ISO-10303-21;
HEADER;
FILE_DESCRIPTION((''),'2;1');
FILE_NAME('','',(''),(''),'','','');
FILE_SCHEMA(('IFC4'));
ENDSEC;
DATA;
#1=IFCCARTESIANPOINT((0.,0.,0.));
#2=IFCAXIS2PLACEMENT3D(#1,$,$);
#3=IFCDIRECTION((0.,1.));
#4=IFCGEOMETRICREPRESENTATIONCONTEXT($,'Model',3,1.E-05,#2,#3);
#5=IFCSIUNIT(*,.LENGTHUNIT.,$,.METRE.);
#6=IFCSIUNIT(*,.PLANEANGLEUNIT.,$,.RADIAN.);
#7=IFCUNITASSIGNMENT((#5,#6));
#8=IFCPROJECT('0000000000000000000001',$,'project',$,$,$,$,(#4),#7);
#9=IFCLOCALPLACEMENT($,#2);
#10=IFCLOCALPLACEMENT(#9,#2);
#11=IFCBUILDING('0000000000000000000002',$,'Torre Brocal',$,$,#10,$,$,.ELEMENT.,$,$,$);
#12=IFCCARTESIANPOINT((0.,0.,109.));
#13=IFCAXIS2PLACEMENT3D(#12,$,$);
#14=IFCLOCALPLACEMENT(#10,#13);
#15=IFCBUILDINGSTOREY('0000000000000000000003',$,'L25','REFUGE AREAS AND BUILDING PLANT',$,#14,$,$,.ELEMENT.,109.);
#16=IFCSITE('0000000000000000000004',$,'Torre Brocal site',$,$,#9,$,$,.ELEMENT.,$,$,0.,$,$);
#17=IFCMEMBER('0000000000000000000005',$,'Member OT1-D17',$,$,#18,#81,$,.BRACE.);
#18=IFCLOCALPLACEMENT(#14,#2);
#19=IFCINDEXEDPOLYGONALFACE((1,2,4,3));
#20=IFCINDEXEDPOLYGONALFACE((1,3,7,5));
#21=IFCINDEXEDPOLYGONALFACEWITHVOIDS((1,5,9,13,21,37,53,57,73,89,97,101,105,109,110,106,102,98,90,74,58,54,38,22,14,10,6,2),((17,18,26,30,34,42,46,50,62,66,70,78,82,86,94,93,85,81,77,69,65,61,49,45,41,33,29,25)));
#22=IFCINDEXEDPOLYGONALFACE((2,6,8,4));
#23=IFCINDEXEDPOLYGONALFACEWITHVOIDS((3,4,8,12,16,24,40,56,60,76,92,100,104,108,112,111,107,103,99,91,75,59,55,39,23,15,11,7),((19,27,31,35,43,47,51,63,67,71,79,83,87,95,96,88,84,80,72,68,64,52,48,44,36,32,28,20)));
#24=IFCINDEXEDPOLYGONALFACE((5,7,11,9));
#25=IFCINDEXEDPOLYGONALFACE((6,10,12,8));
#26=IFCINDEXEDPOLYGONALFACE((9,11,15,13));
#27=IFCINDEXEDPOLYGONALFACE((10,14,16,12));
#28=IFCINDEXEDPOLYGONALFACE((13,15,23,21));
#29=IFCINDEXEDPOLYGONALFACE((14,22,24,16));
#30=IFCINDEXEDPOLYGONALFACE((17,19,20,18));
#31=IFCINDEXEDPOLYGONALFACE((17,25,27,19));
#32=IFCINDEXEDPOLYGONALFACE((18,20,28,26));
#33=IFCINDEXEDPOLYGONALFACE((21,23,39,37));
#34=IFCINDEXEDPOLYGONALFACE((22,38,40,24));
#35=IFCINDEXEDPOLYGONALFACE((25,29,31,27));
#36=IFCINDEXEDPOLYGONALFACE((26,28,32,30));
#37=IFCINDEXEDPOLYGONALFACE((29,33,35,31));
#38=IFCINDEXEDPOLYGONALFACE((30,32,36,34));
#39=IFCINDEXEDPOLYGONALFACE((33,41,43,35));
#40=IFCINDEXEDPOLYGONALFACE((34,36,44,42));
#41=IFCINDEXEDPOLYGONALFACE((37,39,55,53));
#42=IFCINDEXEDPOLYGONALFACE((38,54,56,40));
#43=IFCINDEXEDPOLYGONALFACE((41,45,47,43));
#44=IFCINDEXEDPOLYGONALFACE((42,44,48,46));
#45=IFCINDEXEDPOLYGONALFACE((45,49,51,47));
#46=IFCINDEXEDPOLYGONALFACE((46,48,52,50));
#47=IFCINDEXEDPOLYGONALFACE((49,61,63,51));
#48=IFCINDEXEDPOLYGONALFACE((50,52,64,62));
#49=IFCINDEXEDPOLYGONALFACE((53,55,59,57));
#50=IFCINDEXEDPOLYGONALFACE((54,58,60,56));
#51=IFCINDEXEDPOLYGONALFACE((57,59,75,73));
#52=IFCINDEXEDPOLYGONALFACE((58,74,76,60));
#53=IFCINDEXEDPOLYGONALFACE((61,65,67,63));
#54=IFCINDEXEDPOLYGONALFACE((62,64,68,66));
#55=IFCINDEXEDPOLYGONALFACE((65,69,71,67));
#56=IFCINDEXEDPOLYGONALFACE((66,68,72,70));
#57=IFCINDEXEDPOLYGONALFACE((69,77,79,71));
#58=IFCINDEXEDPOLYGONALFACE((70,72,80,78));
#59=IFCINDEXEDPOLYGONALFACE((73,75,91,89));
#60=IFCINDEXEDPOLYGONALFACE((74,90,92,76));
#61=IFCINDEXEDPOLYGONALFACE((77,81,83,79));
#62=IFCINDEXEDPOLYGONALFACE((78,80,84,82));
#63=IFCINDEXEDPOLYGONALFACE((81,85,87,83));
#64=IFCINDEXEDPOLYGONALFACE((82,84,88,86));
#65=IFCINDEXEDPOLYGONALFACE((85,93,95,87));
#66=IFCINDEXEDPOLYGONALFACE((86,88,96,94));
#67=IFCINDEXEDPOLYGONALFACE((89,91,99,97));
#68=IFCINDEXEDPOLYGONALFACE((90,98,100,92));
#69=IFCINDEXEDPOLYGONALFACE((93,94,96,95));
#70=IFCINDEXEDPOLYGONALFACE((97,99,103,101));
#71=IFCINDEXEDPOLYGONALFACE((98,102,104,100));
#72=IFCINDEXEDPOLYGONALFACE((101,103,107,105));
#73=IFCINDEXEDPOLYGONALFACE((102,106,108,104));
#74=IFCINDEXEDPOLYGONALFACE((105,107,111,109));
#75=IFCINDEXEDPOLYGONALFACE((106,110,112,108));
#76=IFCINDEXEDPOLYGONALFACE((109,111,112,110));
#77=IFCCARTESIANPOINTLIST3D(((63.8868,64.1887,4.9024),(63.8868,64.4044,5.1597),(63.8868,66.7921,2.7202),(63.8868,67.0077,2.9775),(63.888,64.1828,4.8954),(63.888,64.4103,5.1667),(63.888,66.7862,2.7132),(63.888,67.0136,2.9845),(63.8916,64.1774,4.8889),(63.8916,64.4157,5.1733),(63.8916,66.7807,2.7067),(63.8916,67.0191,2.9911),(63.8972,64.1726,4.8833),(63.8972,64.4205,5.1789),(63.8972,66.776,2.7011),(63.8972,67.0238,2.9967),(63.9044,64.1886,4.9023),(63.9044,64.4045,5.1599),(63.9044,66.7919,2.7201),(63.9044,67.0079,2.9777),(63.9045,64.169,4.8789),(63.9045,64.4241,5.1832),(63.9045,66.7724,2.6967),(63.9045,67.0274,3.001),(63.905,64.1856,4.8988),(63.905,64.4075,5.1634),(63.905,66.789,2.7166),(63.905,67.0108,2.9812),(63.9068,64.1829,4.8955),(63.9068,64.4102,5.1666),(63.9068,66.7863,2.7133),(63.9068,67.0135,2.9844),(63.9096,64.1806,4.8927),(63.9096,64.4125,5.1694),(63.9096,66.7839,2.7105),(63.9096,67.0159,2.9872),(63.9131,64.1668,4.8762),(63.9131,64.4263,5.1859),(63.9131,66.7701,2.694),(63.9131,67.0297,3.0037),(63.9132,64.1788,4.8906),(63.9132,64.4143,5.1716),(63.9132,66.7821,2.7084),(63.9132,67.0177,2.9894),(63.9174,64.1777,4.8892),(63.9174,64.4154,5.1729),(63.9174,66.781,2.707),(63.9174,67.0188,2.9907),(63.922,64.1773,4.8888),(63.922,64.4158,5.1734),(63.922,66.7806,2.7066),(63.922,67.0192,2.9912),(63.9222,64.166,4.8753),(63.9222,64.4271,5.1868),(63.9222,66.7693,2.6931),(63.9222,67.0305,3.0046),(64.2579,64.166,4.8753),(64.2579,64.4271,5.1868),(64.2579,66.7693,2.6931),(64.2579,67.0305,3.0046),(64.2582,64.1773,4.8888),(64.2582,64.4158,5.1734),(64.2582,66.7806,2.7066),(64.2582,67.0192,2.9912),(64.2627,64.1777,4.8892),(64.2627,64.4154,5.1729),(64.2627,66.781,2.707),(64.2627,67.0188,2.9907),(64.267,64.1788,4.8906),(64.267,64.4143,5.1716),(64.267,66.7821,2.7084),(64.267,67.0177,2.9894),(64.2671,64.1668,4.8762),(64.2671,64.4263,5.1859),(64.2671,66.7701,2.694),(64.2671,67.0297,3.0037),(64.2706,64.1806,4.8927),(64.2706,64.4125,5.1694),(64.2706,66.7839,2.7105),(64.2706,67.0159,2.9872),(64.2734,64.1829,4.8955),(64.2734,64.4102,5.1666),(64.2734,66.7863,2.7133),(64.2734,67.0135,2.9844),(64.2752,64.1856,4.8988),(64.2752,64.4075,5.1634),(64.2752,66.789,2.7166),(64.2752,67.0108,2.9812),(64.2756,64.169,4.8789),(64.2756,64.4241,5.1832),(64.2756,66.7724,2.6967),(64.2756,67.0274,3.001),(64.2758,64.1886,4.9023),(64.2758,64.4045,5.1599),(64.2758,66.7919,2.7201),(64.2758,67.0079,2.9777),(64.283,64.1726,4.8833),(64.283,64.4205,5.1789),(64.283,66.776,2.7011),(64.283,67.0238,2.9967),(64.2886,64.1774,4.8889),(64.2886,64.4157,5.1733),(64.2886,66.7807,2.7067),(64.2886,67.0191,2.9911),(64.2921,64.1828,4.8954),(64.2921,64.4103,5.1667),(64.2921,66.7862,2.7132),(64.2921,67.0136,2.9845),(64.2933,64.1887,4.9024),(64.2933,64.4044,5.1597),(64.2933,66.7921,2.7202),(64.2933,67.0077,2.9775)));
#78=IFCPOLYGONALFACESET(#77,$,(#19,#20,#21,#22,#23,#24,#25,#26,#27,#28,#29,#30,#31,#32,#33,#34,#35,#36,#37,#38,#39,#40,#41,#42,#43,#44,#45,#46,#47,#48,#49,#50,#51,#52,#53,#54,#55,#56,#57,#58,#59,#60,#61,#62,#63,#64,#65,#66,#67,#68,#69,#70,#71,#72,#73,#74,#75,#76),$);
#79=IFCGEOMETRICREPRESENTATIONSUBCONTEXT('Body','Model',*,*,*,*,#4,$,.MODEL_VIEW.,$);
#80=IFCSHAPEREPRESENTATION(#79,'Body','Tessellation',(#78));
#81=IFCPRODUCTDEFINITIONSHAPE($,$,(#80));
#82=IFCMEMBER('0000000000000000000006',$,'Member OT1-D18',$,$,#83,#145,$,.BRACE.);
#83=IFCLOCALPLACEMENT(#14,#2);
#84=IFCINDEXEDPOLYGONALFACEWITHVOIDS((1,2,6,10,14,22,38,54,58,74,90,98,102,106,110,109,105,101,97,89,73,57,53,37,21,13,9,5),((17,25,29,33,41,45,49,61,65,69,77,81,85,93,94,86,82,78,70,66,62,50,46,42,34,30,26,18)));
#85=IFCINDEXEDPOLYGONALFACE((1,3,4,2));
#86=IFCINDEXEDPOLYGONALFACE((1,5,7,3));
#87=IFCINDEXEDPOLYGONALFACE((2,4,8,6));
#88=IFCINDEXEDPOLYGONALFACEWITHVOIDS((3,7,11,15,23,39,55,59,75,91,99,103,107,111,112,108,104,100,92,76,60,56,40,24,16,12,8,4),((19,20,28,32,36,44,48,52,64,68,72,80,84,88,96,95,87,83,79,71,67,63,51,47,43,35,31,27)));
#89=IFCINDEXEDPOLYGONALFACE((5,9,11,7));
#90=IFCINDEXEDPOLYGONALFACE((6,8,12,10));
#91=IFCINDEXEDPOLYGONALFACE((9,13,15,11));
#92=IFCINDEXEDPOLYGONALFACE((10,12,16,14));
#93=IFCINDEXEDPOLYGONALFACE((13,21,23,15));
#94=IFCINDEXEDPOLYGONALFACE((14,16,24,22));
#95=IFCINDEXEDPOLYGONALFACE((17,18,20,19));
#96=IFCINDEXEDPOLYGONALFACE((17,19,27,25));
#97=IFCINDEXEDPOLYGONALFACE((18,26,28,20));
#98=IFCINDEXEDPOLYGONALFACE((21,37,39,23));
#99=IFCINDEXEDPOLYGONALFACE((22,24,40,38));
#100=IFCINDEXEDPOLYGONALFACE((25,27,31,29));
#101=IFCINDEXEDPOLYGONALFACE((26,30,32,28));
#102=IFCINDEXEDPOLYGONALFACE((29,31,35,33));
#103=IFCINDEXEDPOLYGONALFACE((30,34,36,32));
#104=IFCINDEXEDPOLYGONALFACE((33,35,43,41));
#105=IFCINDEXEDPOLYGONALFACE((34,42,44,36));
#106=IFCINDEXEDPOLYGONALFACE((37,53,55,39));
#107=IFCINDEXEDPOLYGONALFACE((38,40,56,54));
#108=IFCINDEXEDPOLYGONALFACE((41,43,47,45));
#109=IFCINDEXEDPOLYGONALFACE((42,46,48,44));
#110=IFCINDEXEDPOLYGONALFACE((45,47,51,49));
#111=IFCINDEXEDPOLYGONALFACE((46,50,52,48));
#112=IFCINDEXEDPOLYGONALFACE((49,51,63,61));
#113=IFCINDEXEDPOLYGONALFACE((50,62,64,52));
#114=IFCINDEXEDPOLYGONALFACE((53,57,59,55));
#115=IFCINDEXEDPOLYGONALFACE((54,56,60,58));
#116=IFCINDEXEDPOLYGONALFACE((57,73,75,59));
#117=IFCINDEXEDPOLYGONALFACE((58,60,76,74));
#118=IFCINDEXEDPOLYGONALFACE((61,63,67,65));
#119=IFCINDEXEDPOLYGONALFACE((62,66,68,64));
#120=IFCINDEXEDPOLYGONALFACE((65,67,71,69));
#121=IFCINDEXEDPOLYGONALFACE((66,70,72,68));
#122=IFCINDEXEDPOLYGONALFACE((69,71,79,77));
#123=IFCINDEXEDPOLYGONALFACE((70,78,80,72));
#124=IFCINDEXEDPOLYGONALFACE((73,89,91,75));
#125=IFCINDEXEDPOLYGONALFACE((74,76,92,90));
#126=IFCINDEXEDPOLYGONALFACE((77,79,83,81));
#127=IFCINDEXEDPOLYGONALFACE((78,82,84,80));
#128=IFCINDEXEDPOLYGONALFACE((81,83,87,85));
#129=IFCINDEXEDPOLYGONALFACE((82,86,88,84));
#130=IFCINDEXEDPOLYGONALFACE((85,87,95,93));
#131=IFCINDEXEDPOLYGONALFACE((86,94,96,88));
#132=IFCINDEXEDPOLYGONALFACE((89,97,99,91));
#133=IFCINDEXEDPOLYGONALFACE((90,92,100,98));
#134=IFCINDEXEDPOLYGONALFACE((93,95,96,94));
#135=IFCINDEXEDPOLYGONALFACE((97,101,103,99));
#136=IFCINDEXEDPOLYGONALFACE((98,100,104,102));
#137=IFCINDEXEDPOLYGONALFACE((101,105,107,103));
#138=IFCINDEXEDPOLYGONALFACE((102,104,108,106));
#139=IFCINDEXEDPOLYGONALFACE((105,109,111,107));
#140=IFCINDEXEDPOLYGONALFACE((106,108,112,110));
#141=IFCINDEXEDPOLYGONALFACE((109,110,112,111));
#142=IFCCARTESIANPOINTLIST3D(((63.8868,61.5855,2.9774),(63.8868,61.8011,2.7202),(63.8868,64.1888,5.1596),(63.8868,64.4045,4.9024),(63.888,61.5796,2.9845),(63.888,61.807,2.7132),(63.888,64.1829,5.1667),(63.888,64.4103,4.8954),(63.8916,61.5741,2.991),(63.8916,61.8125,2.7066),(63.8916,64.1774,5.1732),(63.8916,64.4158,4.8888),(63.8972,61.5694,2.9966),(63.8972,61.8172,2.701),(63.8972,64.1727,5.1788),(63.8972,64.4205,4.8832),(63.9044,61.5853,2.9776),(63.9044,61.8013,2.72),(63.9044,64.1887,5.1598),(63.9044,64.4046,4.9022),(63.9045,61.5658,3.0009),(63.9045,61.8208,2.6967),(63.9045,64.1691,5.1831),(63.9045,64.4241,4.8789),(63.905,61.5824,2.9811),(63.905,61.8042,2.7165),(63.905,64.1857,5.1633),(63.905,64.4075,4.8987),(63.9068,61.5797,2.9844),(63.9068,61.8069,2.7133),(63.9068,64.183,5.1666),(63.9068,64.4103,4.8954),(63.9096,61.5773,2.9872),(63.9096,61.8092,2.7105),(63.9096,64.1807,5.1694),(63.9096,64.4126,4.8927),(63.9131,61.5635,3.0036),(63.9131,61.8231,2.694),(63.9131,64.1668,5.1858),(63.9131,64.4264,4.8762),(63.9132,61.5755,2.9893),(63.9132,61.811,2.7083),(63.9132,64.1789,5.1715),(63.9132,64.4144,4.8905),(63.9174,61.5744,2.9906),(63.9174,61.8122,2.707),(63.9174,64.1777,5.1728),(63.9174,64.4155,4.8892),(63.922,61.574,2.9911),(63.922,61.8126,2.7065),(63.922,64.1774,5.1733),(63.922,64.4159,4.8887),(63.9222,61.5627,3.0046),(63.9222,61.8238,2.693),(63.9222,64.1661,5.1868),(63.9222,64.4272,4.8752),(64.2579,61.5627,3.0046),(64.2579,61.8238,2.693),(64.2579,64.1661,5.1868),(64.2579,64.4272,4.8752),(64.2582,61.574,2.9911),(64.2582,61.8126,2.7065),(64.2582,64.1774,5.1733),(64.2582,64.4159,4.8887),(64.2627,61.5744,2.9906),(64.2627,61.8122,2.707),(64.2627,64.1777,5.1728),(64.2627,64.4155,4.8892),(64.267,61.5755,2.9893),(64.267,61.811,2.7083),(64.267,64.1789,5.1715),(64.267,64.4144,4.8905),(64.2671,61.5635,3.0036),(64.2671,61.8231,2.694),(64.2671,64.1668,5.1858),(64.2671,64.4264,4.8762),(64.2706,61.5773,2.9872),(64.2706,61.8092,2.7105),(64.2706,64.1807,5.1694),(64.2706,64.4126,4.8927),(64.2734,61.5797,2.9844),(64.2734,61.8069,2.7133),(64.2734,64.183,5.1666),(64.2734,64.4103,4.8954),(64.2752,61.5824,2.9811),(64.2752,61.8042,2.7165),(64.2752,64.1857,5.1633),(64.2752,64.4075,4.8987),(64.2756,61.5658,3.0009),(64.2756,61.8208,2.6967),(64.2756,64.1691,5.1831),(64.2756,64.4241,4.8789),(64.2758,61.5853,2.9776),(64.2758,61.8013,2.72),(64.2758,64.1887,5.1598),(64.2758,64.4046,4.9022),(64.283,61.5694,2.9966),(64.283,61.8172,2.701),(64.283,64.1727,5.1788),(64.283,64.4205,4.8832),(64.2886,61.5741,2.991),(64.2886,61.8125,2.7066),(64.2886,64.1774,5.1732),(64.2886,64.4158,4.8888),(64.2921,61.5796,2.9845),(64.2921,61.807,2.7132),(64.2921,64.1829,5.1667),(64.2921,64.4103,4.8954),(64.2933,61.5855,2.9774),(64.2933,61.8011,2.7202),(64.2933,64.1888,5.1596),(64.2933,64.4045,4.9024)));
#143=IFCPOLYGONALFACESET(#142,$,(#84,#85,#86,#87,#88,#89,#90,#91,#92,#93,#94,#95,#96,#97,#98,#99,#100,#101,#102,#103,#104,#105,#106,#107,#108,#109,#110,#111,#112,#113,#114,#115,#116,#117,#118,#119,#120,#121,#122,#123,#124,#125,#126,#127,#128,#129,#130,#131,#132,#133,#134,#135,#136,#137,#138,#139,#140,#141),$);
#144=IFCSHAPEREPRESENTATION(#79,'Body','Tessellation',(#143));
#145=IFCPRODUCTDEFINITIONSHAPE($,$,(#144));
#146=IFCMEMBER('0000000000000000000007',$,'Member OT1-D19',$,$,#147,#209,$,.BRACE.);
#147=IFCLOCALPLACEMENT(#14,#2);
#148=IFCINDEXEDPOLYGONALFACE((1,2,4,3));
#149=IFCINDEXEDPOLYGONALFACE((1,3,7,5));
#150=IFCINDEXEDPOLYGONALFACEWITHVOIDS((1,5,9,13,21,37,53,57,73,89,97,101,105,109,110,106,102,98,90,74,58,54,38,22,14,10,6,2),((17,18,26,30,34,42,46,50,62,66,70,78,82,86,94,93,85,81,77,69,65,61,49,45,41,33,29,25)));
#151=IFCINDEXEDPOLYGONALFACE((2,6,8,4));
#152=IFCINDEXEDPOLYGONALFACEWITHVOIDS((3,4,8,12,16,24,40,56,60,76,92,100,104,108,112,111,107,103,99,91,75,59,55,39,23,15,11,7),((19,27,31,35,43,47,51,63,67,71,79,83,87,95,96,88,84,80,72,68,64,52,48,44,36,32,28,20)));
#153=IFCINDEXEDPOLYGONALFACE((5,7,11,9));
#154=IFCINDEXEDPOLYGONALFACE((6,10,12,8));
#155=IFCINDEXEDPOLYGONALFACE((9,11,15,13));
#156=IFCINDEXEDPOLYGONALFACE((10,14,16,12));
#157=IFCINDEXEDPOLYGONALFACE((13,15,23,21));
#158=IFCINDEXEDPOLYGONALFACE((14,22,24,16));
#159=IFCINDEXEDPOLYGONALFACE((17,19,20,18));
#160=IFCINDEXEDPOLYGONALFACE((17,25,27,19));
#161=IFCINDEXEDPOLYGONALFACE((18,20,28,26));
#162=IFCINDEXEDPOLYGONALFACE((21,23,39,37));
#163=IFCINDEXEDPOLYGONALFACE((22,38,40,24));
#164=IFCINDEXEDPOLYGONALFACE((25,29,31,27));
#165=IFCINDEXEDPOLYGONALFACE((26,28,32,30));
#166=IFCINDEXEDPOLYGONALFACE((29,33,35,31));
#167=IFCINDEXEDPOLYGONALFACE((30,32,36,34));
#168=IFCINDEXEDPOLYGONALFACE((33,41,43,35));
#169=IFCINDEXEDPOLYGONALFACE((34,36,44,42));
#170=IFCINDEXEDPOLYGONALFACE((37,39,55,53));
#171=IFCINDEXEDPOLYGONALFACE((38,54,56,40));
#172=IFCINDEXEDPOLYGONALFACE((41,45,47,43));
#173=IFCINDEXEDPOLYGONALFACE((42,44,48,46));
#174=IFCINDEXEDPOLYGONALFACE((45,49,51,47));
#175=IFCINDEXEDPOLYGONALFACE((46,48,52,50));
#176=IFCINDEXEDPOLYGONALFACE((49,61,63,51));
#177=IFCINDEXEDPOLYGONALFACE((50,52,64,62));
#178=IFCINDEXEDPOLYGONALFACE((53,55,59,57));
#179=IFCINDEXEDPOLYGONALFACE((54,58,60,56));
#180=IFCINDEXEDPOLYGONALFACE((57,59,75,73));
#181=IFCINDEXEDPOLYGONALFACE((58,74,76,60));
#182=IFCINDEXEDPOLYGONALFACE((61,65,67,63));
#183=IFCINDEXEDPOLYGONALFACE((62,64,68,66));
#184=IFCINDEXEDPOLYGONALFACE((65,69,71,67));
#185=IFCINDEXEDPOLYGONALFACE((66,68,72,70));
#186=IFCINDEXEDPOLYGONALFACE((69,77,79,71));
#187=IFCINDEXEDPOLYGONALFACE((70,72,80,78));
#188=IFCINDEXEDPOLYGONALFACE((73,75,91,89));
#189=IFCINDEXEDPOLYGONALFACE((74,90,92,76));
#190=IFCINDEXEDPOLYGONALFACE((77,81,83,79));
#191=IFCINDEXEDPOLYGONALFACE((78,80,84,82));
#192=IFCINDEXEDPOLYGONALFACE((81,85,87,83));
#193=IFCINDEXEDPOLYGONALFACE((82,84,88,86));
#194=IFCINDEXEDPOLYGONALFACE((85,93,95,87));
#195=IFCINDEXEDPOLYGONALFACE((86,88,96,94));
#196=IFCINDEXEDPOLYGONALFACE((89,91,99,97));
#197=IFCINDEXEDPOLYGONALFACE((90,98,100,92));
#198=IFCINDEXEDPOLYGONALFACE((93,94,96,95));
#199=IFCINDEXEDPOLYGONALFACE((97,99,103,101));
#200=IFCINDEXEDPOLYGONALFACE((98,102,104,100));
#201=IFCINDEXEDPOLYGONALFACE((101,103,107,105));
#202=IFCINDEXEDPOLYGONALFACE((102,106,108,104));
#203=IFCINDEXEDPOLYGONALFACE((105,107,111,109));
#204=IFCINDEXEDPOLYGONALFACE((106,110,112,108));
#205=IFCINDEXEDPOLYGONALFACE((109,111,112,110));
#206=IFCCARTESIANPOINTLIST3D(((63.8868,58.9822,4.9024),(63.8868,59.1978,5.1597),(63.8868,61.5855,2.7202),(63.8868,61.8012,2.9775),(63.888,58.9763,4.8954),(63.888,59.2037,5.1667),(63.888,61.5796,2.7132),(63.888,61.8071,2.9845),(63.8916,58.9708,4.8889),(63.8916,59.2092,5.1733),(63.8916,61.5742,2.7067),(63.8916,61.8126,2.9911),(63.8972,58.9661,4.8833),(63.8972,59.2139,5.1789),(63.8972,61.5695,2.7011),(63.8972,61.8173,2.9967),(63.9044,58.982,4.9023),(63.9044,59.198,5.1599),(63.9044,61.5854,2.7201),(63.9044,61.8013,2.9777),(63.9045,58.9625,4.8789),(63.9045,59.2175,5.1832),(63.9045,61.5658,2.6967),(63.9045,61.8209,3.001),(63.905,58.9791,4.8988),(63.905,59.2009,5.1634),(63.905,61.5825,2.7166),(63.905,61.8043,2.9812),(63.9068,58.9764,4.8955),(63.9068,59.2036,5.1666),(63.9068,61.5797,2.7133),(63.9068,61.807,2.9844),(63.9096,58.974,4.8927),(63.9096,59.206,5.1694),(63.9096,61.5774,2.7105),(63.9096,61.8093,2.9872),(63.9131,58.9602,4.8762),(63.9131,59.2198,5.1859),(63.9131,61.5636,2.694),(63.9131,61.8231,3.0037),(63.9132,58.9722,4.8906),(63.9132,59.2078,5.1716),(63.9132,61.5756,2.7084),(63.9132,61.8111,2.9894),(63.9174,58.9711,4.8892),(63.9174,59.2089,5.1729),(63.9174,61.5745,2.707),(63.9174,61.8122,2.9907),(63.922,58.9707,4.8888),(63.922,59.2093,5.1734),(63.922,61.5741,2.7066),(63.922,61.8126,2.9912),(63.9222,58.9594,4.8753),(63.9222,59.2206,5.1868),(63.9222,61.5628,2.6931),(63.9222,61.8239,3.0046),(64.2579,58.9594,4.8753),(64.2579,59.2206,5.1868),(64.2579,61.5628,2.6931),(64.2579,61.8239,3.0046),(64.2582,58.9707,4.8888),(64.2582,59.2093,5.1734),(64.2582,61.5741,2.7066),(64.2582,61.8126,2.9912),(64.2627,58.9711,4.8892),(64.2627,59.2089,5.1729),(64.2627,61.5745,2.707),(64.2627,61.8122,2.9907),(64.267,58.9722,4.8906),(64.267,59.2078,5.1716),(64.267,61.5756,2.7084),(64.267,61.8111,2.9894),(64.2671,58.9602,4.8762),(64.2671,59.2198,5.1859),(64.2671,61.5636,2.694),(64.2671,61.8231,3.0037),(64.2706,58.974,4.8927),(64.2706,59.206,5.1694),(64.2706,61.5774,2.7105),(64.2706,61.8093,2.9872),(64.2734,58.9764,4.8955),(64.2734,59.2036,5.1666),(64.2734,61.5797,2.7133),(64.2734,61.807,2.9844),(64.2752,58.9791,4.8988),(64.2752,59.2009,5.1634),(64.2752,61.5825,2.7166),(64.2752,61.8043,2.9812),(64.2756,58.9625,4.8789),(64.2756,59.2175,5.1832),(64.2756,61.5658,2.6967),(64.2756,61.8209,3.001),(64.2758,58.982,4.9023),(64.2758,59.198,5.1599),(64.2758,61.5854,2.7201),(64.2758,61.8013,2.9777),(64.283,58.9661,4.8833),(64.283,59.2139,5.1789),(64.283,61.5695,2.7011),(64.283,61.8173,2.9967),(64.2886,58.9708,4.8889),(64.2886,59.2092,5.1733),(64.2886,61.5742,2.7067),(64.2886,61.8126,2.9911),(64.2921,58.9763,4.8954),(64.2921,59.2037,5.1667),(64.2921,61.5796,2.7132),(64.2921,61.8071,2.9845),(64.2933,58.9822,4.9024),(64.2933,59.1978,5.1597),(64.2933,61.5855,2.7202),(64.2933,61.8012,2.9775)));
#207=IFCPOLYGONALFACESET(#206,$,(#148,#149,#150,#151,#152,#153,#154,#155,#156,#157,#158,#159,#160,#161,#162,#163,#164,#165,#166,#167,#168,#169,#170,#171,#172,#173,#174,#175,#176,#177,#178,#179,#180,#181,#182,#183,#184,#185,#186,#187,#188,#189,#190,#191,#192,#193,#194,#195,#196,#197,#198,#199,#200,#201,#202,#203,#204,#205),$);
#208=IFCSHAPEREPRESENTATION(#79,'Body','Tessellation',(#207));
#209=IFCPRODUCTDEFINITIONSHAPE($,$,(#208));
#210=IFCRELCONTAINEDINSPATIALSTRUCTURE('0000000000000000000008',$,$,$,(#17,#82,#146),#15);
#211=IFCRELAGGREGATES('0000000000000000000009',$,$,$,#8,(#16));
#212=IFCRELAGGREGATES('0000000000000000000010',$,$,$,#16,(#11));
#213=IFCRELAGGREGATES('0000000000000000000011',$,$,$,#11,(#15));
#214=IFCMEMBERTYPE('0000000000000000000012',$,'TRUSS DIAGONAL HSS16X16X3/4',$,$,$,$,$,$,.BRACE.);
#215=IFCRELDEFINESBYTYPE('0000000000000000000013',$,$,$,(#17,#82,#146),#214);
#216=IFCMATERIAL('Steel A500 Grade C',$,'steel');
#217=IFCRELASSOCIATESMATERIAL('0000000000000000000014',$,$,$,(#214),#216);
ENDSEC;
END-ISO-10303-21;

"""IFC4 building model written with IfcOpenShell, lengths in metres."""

from ifc_helpers import new_model, si_unit, direction, frame, origin, origin_2d, place, context, subcontext, project, spatial, hollow_rectangle, extrude, material, material_profile, profile_set, type_object, element, save


model = new_model("IFC4")

# Units and contexts
model_context = context("Model", 3, precision=1e-05, world=origin(), true_north=direction((0.0, 1.0)))
body_context = subcontext(model_context, "Body", "Model", "MODEL_VIEW")
ifc_project = project(units=[si_unit("LENGTHUNIT", "METRE"), si_unit("PLANEANGLEUNIT", "RADIAN")], contexts=[model_context])

# Site, building, storey
site_placement = place(None, origin())
site = spatial("IfcSite", under=ifc_project, at=site_placement, Name="Torre Brocal site", CompositionType="ELEMENT", RefElevation=0.0)
building_placement = place(site_placement, origin())
building = spatial("IfcBuilding", under=site, at=building_placement, Name="Torre Brocal", CompositionType="ELEMENT")
storey_placement = place(building_placement, frame((0.0, 0.0, 109.0)))
storey = spatial("IfcBuildingStorey", under=building, at=storey_placement, Name="L25", Description="REFUGE AREAS AND BUILDING PLANT", CompositionType="ELEMENT", Elevation=109.0)

# Members
ifc_material_1 = material(Name="Steel A500 Grade C", Category="steel")
ifc_material_profile_1 = material_profile(ifc_material_1, hollow_rectangle(XDim=0.4065, YDim=0.4065, WallThickness=0.0176, InnerFilletRadius=0.0176, OuterFilletRadius=0.0354, at=origin_2d()), Name="HSS16X16X3/4")
ifc_profile_set_1 = profile_set([ifc_material_profile_1], Name="Steel A500 Grade C")
member_type_1 = type_object("IfcMemberType", Name="TRUSS DIAGONAL HSS16X16X3/4", PredefinedType="BRACE", material=ifc_profile_set_1)
for number, where, z_axis, x_axis, name in (
    (1, (64.0901, 66.8999, 2.8489), (0.0, -0.766374, 0.642394), (1.0, 0.0, 0.0), "Member OT1-D17"),
    (2, (64.0901, 64.2966, 5.031), (0.0, -0.766374, -0.642394), (1.0, 0.0, 0.0), "Member OT1-D18"),
    (3, (64.0901, 61.6934, 2.8489), (0.0, -0.766374, 0.642394), (1.0, 0.0, 0.0), "Member OT1-D19"),
):
    element("IfcMember", number, at=place(storey_placement, frame(where, z_axis=z_axis, x_axis=x_axis)), inside=storey, type_object=member_type_1, Name=name, PredefinedType="BRACE", context=body_context, shape_type="SweptSolid", body=[
        extrude(hollow_rectangle(XDim=0.4065, YDim=0.4065, WallThickness=0.0176, InnerFilletRadius=0.0176, OuterFilletRadius=0.0354, at=origin_2d()), origin(), (0.0, 0.0, 1.0), 3.397),
    ])

save(model, "model.ifc")
